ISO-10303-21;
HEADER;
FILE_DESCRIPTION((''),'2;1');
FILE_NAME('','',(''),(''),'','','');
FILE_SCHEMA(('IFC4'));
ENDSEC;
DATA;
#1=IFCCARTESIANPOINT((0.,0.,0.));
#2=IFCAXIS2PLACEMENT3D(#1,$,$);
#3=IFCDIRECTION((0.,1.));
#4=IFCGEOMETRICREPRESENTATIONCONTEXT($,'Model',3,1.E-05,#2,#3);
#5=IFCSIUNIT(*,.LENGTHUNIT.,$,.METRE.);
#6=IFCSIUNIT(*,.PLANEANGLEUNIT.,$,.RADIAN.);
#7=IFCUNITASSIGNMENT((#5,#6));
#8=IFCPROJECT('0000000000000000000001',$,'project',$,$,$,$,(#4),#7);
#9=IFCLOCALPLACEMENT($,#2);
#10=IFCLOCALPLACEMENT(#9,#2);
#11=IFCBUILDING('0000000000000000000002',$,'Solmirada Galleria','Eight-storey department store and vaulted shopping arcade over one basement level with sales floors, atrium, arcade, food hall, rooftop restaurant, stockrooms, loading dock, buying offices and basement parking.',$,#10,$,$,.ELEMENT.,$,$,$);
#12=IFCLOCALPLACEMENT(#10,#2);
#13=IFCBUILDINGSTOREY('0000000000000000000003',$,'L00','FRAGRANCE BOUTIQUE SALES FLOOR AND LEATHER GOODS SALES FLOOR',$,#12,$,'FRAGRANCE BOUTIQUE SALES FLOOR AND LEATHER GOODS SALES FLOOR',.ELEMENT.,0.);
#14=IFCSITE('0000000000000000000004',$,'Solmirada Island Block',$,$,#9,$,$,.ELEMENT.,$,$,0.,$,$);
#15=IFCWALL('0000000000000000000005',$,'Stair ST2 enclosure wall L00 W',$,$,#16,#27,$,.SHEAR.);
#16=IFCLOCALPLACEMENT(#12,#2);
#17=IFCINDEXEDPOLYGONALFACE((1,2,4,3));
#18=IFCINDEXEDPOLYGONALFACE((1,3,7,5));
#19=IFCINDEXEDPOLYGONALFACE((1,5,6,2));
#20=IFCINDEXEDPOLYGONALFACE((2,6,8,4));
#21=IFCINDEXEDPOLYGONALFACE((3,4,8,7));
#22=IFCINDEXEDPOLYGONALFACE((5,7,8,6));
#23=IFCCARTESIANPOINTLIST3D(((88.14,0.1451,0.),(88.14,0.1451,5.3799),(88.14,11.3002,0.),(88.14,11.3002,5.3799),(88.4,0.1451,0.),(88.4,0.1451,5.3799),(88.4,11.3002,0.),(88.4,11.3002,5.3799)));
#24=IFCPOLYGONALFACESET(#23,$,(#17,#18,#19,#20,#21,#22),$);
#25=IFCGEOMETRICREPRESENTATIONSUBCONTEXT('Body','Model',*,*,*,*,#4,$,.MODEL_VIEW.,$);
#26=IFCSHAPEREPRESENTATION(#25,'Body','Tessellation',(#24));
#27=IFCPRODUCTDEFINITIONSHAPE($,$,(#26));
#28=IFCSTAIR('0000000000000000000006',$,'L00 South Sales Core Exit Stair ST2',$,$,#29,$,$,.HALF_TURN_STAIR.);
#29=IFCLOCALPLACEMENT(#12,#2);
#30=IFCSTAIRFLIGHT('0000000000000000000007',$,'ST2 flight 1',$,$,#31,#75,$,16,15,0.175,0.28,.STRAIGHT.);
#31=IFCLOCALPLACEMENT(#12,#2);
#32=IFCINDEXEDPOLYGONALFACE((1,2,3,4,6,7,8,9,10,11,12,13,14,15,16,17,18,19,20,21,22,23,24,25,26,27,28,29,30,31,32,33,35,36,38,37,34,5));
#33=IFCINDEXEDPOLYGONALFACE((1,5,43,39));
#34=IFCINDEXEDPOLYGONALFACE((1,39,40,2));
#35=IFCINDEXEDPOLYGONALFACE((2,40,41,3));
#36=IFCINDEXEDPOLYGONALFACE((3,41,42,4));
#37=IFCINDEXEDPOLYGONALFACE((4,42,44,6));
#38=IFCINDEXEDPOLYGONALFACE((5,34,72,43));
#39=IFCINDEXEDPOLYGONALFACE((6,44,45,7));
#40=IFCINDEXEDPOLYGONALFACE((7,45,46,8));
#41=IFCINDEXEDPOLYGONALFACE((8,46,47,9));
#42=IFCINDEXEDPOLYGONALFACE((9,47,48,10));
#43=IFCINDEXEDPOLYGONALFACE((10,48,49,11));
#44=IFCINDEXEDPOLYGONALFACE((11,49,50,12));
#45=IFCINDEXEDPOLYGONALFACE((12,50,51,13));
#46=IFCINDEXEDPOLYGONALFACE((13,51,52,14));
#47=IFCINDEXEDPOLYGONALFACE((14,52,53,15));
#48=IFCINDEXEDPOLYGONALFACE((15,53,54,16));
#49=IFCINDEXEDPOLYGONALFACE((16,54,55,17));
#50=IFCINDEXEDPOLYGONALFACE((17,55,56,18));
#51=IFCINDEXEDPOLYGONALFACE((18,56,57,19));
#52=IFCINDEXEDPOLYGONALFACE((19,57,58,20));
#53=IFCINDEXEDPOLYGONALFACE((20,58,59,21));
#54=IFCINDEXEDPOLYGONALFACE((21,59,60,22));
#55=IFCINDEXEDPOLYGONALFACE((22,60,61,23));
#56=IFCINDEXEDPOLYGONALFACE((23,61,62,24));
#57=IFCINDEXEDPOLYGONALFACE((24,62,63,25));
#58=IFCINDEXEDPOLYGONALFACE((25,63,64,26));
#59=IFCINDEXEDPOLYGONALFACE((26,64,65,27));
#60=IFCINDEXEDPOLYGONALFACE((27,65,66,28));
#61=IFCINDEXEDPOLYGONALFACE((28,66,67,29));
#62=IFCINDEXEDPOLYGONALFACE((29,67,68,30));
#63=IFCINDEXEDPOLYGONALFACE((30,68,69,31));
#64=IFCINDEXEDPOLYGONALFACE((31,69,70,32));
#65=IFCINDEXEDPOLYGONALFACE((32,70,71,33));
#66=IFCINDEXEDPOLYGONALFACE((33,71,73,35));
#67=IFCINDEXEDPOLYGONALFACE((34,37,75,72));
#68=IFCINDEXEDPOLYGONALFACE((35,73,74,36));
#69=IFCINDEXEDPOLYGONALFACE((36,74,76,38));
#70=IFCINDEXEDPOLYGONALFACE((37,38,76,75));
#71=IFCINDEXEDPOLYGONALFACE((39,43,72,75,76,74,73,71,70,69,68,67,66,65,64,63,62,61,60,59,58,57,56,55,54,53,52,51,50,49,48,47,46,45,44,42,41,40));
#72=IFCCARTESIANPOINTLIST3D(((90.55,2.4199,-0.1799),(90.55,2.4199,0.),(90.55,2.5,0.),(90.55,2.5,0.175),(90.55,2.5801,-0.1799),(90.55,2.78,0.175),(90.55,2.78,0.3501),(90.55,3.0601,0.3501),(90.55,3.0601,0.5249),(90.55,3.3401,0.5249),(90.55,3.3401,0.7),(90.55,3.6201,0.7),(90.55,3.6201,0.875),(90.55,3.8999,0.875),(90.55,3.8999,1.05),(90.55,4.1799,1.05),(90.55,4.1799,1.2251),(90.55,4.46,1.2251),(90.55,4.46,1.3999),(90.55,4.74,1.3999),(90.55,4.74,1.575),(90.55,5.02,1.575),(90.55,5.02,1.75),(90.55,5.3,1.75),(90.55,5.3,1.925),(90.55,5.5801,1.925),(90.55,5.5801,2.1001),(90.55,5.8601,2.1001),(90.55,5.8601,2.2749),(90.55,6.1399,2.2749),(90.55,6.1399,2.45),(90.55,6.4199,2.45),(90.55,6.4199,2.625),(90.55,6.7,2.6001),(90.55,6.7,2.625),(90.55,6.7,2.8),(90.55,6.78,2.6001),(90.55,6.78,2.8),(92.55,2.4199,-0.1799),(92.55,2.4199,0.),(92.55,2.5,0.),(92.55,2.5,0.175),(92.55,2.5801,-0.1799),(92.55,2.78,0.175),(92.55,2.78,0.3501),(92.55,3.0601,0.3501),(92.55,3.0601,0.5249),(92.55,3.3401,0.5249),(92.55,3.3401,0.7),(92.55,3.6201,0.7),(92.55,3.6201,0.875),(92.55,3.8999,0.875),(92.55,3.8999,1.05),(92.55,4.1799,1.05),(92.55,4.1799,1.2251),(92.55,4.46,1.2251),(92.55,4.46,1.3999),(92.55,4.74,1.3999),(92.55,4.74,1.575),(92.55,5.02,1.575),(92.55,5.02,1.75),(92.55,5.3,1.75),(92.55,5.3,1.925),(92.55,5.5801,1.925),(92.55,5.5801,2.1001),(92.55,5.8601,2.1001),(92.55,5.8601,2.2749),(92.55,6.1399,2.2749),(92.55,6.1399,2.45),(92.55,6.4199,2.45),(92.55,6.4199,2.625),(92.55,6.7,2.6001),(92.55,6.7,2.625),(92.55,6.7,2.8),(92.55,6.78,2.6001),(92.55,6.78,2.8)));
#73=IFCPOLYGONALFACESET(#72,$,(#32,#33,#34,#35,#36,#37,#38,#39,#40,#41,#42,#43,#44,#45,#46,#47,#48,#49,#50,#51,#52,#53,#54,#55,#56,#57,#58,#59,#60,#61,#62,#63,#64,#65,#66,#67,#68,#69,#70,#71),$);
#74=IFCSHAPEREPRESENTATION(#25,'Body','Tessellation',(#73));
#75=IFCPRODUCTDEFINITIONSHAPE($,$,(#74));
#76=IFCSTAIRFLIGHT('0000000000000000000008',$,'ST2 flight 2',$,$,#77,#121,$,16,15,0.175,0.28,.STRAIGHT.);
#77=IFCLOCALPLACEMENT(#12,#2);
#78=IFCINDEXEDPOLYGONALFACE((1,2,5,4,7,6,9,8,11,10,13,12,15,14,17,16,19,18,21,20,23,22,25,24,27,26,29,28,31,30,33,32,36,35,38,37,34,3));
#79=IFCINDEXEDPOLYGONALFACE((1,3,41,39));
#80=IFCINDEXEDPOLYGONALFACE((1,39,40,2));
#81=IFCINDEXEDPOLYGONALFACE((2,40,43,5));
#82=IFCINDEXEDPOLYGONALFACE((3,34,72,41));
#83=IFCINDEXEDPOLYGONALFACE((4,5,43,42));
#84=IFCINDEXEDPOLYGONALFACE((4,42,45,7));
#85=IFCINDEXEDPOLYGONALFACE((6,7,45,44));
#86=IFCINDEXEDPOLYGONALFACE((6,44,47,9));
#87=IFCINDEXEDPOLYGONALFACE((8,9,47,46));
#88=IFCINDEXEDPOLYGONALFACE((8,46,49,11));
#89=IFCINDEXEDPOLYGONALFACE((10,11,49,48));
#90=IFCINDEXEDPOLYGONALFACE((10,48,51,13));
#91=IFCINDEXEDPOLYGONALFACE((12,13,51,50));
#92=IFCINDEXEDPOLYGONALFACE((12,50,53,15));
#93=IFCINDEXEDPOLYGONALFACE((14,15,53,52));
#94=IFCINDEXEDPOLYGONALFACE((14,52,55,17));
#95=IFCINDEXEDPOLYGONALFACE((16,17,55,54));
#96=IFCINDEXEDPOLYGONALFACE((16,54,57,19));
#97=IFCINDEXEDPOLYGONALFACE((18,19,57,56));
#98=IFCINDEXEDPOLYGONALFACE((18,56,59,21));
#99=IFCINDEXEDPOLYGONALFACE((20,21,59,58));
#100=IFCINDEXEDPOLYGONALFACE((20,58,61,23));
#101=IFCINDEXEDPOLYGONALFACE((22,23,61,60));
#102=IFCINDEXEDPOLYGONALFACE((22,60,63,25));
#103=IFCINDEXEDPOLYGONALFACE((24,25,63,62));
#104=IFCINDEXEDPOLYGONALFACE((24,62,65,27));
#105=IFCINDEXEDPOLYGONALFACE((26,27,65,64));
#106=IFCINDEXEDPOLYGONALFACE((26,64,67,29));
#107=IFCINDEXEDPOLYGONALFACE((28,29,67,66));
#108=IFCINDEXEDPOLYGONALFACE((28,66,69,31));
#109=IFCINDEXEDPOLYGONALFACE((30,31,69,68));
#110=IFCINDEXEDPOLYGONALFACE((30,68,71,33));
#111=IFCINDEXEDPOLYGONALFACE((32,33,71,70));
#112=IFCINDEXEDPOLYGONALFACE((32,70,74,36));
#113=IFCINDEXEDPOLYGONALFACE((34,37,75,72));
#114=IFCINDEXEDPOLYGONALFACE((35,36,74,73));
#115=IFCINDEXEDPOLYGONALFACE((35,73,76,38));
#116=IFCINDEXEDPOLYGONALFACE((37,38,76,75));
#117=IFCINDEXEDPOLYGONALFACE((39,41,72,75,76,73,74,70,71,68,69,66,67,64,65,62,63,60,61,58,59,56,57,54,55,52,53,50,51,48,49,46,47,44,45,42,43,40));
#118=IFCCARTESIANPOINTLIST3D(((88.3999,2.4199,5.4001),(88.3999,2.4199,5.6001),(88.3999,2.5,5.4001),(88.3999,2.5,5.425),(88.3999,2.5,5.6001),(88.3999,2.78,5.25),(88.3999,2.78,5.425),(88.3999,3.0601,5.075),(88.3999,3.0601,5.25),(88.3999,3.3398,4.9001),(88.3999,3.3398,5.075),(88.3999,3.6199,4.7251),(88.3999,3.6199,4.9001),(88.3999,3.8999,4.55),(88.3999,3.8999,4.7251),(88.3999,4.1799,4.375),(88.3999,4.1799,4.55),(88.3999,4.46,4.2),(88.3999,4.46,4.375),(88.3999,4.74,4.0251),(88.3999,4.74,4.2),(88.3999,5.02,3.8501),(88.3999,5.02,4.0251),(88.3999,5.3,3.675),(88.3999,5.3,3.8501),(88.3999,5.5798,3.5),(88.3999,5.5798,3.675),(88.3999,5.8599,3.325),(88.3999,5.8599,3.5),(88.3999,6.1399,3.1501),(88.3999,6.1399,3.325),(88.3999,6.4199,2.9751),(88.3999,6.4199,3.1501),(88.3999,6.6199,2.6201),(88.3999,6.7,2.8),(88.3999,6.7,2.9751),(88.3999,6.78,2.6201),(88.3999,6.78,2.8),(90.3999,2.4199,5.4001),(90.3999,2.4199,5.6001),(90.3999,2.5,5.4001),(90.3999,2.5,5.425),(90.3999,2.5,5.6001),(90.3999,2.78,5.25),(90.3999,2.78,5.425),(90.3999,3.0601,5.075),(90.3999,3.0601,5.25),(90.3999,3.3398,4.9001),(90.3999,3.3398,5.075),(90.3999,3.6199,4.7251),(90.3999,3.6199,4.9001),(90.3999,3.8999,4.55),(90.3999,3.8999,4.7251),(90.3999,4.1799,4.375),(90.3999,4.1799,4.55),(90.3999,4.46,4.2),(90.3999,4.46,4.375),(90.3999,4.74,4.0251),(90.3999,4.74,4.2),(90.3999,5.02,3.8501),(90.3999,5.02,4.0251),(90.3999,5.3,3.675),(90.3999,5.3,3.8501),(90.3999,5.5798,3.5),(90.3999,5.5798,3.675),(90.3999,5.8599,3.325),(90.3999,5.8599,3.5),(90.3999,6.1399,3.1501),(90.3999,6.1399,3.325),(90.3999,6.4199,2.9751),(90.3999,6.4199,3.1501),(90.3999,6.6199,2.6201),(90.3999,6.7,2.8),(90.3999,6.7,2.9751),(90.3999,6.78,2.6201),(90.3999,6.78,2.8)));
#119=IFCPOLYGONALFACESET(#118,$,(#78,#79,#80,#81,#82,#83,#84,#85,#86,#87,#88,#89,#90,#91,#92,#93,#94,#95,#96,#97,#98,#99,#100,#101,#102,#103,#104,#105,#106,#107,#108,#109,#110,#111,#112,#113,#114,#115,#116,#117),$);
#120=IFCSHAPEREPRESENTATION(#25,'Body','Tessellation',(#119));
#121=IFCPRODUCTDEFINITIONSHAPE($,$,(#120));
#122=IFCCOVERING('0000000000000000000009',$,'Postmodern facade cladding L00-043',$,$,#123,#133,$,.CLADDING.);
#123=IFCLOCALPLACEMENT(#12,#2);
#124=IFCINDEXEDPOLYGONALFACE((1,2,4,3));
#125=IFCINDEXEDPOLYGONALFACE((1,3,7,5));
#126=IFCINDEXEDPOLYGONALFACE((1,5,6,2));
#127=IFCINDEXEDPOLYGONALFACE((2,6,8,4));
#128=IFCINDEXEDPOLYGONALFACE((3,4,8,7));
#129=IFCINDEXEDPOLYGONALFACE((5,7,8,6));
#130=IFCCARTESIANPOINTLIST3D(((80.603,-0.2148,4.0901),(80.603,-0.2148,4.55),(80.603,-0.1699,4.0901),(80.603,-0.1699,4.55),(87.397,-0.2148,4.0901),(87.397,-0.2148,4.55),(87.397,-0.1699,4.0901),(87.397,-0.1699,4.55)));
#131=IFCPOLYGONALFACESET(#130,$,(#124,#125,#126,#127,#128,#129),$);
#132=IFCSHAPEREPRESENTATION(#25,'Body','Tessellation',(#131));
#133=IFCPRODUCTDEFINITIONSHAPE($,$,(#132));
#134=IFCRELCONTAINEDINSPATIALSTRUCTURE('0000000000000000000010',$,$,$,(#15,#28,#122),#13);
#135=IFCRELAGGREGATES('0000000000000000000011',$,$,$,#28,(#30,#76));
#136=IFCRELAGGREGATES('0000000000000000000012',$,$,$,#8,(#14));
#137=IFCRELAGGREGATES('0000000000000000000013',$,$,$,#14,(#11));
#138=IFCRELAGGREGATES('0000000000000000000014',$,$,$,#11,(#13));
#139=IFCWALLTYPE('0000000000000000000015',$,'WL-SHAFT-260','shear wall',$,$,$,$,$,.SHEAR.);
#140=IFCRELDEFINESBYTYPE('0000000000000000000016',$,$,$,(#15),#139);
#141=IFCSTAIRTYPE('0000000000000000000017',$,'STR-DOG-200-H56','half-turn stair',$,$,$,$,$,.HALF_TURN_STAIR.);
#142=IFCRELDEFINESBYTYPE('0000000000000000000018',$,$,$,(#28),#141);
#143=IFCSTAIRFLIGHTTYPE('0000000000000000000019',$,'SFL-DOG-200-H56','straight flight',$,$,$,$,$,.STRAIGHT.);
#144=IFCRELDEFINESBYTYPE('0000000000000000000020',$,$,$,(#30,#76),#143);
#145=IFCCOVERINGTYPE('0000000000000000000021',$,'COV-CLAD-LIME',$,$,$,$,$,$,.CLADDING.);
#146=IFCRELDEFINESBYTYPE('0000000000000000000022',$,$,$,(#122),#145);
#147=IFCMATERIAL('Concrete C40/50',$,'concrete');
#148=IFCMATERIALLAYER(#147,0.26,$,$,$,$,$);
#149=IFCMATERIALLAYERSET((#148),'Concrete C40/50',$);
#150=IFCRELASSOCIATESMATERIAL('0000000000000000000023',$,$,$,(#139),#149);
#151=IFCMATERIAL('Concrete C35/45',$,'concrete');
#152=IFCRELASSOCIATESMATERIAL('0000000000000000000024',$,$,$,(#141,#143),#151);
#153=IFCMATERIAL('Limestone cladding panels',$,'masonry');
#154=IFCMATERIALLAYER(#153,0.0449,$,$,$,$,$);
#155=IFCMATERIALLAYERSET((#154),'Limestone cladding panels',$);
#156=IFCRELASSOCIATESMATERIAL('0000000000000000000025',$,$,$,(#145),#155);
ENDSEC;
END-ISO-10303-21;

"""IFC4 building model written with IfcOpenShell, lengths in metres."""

from ifc_helpers import new_model, si_unit, direction, frame, frame_2d, origin, origin_2d, place, context, subcontext, project, spatial, polyline, rectangle, outline, extrude, material, layer, layer_set, type_object, element, aggregate, save


model = new_model("IFC4")

# Units and contexts
model_context = context("Model", 3, precision=1e-05, world=origin(), true_north=direction((0.0, 1.0)))
body_context = subcontext(model_context, "Body", "Model", "MODEL_VIEW")
ifc_project = project(units=[si_unit("LENGTHUNIT", "METRE"), si_unit("PLANEANGLEUNIT", "RADIAN")], contexts=[model_context])

# Site, building, storey
site_placement = place(None, origin())
site = spatial("IfcSite", under=ifc_project, at=site_placement, Name="Solmirada Island Block", CompositionType="ELEMENT", RefElevation=0.0)
building_placement = place(site_placement, origin())
building = spatial("IfcBuilding", under=site, at=building_placement, Name="Solmirada Galleria", Description="Eight-storey department store and vaulted shopping arcade over one basement level with sales floors, atrium, arcade, food hall, rooftop restaurant, stockrooms, loading dock, buying offices and basement parking.", CompositionType="ELEMENT")
storey_placement = place(building_placement, origin())
storey = spatial("IfcBuildingStorey", under=building, at=storey_placement, Name="L00", Description="FRAGRANCE BOUTIQUE SALES FLOOR AND LEATHER GOODS SALES FLOOR", LongName="FRAGRANCE BOUTIQUE SALES FLOOR AND LEATHER GOODS SALES FLOOR", CompositionType="ELEMENT", Elevation=0.0)

# Shared definitions
ifc_material_1 = material(Name="Concrete C40/50", Category="concrete")

# Wall
ifc_layer_1 = layer(ifc_material_1, 0.26)
ifc_layer_set_1 = layer_set([ifc_layer_1], Name="Concrete C40/50")
wall_type_1 = type_object("IfcWallType", Name="WL-SHAFT-260", Description="shear wall", PredefinedType="SHEAR", material=ifc_layer_set_1)
wall_1_placement = place(storey_placement, frame((88.27, 0.145, 0.0), z_axis=(0.0, 0.0, 1.0), x_axis=(0.0, 1.0, 0.0)))
element("IfcWall", 1, at=wall_1_placement, inside=storey, type_object=wall_type_1, Name="Stair ST2 enclosure wall L00 W", PredefinedType="SHEAR", context=body_context, shape_type="SweptSolid", body=[
    extrude(rectangle(XDim=11.155, YDim=0.26, at=frame_2d((5.5776, 0.0))), origin(), (0.0, 0.0, 1.0), 5.3799),
])

# Stair, stair flights
ifc_material_2 = material(Name="Concrete C35/45", Category="concrete")
stair_type = type_object("IfcStairType", Name="STR-DOG-200-H56", Description="half-turn stair", PredefinedType="HALF_TURN_STAIR", material=ifc_material_2)
stair_placement = place(storey_placement, origin())
stair = element("IfcStair", 2, at=stair_placement, inside=storey, type_object=stair_type, Name="L00 South Sales Core Exit Stair ST2", PredefinedType="HALF_TURN_STAIR")
stair_flight_type = type_object("IfcStairFlightType", Name="SFL-DOG-200-H56", Description="straight flight", PredefinedType="STRAIGHT", material=ifc_material_2)
stair_flight_1_placement = place(storey_placement, frame((91.55, 2.5, 0.0), z_axis=(0.0, 0.0, 1.0), x_axis=(0.0, 1.0, 0.0)))
stair_flight_1 = element("IfcStairFlight", 3, at=stair_flight_1_placement, type_object=stair_flight_type, Name="ST2 flight 1", NumberOfRisers=16, NumberOfTreads=15, PredefinedType="STRAIGHT", RiserHeight=0.175, TreadLength=0.28, context=body_context, shape_type="SweptSolid", body=[
    extrude(outline(polyline([(-0.0801, 0.0), (0.0, 0.0), (0.0, 0.175), (0.28, 0.175), (0.28, 0.3501), (0.5601, 0.3501), (0.5601, 0.5249), (0.8401, 0.5249), (0.8401, 0.7), (1.1201, 0.7), (1.1201, 0.875), (1.3999, 0.875), (1.3999, 1.05), (1.6799, 1.05), (1.6799, 1.2251), (1.96, 1.2251), (1.96, 1.3999), (2.24, 1.3999), (2.24, 1.575), (2.52, 1.575), (2.52, 1.75), (2.8, 1.75), (2.8, 1.925), (3.0801, 1.925), (3.0801, 2.1001), (3.3601, 2.1001), (3.3601, 2.2749), (3.6399, 2.2749), (3.6399, 2.45), (3.9199, 2.45), (3.9199, 2.625), (4.2, 2.625), (4.2, 2.8), (4.28, 2.8), (4.28, 2.6001), (4.2, 2.6001), (0.0801, -0.1799), (-0.0801, -0.1799), (-0.0801, 0.0)])), frame((0.0, 1.0, 0.0), z_axis=(0.0, -1.0, 0.0), x_axis=(1.0, 0.0, 0.0)), (0.0, 0.0, 1.0), 2.0),
])
stair_flight_2_placement = place(storey_placement, frame((89.3999, 6.7, 2.8), z_axis=(0.0, 0.0, 1.0), x_axis=(0.0, -1.0, 0.0)))
stair_flight_2 = element("IfcStairFlight", 4, at=stair_flight_2_placement, type_object=stair_flight_type, Name="ST2 flight 2", NumberOfRisers=16, NumberOfTreads=15, PredefinedType="STRAIGHT", RiserHeight=0.175, TreadLength=0.28, context=body_context, shape_type="SweptSolid", body=[
    extrude(outline(polyline([(-0.0801, 0.0), (0.0, 0.0), (0.0, 0.175), (0.28, 0.175), (0.28, 0.3501), (0.5601, 0.3501), (0.5601, 0.5249), (0.8401, 0.5249), (0.8401, 0.7), (1.1201, 0.7), (1.1201, 0.875), (1.3999, 0.875), (1.3999, 1.05), (1.6799, 1.05), (1.6799, 1.2251), (1.96, 1.2251), (1.96, 1.3999), (2.24, 1.3999), (2.24, 1.575), (2.52, 1.575), (2.52, 1.75), (2.8, 1.75), (2.8, 1.925), (3.0801, 1.925), (3.0801, 2.1001), (3.3601, 2.1001), (3.3601, 2.2749), (3.6399, 2.2749), (3.6399, 2.45), (3.9199, 2.45), (3.9199, 2.625), (4.2, 2.625), (4.2, 2.8), (4.28, 2.8), (4.28, 2.6001), (4.2, 2.6001), (0.0801, -0.1799), (-0.0801, -0.1799), (-0.0801, 0.0)])), frame((0.0, 1.0, 0.0), z_axis=(0.0, -1.0, 0.0), x_axis=(1.0, 0.0, 0.0)), (0.0, 0.0, 1.0), 2.0),
])
aggregate(stair, [stair_flight_1, stair_flight_2])

# Covering
ifc_material_3 = material(Name="Limestone cladding panels", Category="masonry")
ifc_layer_2 = layer(ifc_material_3, 0.0449)
ifc_layer_set_2 = layer_set([ifc_layer_2], Name="Limestone cladding panels")
covering_type = type_object("IfcCoveringType", Name="COV-CLAD-LIME", PredefinedType="CLADDING", material=ifc_layer_set_2)
covering_placement = place(storey_placement, frame((84.0, -0.1924, 4.0901), z_axis=(0.0, 0.0, 1.0), x_axis=(-1.0, 0.0, 0.0)))
element("IfcCovering", 5, at=covering_placement, inside=storey, type_object=covering_type, Name="Postmodern facade cladding L00-043", PredefinedType="CLADDING", context=body_context, shape_type="SweptSolid", body=[
    extrude(rectangle(XDim=6.7939, YDim=0.0449, at=origin_2d()), origin(), (0.0, 0.0, 1.0), 0.46),
])

save(model, "model.ifc")
